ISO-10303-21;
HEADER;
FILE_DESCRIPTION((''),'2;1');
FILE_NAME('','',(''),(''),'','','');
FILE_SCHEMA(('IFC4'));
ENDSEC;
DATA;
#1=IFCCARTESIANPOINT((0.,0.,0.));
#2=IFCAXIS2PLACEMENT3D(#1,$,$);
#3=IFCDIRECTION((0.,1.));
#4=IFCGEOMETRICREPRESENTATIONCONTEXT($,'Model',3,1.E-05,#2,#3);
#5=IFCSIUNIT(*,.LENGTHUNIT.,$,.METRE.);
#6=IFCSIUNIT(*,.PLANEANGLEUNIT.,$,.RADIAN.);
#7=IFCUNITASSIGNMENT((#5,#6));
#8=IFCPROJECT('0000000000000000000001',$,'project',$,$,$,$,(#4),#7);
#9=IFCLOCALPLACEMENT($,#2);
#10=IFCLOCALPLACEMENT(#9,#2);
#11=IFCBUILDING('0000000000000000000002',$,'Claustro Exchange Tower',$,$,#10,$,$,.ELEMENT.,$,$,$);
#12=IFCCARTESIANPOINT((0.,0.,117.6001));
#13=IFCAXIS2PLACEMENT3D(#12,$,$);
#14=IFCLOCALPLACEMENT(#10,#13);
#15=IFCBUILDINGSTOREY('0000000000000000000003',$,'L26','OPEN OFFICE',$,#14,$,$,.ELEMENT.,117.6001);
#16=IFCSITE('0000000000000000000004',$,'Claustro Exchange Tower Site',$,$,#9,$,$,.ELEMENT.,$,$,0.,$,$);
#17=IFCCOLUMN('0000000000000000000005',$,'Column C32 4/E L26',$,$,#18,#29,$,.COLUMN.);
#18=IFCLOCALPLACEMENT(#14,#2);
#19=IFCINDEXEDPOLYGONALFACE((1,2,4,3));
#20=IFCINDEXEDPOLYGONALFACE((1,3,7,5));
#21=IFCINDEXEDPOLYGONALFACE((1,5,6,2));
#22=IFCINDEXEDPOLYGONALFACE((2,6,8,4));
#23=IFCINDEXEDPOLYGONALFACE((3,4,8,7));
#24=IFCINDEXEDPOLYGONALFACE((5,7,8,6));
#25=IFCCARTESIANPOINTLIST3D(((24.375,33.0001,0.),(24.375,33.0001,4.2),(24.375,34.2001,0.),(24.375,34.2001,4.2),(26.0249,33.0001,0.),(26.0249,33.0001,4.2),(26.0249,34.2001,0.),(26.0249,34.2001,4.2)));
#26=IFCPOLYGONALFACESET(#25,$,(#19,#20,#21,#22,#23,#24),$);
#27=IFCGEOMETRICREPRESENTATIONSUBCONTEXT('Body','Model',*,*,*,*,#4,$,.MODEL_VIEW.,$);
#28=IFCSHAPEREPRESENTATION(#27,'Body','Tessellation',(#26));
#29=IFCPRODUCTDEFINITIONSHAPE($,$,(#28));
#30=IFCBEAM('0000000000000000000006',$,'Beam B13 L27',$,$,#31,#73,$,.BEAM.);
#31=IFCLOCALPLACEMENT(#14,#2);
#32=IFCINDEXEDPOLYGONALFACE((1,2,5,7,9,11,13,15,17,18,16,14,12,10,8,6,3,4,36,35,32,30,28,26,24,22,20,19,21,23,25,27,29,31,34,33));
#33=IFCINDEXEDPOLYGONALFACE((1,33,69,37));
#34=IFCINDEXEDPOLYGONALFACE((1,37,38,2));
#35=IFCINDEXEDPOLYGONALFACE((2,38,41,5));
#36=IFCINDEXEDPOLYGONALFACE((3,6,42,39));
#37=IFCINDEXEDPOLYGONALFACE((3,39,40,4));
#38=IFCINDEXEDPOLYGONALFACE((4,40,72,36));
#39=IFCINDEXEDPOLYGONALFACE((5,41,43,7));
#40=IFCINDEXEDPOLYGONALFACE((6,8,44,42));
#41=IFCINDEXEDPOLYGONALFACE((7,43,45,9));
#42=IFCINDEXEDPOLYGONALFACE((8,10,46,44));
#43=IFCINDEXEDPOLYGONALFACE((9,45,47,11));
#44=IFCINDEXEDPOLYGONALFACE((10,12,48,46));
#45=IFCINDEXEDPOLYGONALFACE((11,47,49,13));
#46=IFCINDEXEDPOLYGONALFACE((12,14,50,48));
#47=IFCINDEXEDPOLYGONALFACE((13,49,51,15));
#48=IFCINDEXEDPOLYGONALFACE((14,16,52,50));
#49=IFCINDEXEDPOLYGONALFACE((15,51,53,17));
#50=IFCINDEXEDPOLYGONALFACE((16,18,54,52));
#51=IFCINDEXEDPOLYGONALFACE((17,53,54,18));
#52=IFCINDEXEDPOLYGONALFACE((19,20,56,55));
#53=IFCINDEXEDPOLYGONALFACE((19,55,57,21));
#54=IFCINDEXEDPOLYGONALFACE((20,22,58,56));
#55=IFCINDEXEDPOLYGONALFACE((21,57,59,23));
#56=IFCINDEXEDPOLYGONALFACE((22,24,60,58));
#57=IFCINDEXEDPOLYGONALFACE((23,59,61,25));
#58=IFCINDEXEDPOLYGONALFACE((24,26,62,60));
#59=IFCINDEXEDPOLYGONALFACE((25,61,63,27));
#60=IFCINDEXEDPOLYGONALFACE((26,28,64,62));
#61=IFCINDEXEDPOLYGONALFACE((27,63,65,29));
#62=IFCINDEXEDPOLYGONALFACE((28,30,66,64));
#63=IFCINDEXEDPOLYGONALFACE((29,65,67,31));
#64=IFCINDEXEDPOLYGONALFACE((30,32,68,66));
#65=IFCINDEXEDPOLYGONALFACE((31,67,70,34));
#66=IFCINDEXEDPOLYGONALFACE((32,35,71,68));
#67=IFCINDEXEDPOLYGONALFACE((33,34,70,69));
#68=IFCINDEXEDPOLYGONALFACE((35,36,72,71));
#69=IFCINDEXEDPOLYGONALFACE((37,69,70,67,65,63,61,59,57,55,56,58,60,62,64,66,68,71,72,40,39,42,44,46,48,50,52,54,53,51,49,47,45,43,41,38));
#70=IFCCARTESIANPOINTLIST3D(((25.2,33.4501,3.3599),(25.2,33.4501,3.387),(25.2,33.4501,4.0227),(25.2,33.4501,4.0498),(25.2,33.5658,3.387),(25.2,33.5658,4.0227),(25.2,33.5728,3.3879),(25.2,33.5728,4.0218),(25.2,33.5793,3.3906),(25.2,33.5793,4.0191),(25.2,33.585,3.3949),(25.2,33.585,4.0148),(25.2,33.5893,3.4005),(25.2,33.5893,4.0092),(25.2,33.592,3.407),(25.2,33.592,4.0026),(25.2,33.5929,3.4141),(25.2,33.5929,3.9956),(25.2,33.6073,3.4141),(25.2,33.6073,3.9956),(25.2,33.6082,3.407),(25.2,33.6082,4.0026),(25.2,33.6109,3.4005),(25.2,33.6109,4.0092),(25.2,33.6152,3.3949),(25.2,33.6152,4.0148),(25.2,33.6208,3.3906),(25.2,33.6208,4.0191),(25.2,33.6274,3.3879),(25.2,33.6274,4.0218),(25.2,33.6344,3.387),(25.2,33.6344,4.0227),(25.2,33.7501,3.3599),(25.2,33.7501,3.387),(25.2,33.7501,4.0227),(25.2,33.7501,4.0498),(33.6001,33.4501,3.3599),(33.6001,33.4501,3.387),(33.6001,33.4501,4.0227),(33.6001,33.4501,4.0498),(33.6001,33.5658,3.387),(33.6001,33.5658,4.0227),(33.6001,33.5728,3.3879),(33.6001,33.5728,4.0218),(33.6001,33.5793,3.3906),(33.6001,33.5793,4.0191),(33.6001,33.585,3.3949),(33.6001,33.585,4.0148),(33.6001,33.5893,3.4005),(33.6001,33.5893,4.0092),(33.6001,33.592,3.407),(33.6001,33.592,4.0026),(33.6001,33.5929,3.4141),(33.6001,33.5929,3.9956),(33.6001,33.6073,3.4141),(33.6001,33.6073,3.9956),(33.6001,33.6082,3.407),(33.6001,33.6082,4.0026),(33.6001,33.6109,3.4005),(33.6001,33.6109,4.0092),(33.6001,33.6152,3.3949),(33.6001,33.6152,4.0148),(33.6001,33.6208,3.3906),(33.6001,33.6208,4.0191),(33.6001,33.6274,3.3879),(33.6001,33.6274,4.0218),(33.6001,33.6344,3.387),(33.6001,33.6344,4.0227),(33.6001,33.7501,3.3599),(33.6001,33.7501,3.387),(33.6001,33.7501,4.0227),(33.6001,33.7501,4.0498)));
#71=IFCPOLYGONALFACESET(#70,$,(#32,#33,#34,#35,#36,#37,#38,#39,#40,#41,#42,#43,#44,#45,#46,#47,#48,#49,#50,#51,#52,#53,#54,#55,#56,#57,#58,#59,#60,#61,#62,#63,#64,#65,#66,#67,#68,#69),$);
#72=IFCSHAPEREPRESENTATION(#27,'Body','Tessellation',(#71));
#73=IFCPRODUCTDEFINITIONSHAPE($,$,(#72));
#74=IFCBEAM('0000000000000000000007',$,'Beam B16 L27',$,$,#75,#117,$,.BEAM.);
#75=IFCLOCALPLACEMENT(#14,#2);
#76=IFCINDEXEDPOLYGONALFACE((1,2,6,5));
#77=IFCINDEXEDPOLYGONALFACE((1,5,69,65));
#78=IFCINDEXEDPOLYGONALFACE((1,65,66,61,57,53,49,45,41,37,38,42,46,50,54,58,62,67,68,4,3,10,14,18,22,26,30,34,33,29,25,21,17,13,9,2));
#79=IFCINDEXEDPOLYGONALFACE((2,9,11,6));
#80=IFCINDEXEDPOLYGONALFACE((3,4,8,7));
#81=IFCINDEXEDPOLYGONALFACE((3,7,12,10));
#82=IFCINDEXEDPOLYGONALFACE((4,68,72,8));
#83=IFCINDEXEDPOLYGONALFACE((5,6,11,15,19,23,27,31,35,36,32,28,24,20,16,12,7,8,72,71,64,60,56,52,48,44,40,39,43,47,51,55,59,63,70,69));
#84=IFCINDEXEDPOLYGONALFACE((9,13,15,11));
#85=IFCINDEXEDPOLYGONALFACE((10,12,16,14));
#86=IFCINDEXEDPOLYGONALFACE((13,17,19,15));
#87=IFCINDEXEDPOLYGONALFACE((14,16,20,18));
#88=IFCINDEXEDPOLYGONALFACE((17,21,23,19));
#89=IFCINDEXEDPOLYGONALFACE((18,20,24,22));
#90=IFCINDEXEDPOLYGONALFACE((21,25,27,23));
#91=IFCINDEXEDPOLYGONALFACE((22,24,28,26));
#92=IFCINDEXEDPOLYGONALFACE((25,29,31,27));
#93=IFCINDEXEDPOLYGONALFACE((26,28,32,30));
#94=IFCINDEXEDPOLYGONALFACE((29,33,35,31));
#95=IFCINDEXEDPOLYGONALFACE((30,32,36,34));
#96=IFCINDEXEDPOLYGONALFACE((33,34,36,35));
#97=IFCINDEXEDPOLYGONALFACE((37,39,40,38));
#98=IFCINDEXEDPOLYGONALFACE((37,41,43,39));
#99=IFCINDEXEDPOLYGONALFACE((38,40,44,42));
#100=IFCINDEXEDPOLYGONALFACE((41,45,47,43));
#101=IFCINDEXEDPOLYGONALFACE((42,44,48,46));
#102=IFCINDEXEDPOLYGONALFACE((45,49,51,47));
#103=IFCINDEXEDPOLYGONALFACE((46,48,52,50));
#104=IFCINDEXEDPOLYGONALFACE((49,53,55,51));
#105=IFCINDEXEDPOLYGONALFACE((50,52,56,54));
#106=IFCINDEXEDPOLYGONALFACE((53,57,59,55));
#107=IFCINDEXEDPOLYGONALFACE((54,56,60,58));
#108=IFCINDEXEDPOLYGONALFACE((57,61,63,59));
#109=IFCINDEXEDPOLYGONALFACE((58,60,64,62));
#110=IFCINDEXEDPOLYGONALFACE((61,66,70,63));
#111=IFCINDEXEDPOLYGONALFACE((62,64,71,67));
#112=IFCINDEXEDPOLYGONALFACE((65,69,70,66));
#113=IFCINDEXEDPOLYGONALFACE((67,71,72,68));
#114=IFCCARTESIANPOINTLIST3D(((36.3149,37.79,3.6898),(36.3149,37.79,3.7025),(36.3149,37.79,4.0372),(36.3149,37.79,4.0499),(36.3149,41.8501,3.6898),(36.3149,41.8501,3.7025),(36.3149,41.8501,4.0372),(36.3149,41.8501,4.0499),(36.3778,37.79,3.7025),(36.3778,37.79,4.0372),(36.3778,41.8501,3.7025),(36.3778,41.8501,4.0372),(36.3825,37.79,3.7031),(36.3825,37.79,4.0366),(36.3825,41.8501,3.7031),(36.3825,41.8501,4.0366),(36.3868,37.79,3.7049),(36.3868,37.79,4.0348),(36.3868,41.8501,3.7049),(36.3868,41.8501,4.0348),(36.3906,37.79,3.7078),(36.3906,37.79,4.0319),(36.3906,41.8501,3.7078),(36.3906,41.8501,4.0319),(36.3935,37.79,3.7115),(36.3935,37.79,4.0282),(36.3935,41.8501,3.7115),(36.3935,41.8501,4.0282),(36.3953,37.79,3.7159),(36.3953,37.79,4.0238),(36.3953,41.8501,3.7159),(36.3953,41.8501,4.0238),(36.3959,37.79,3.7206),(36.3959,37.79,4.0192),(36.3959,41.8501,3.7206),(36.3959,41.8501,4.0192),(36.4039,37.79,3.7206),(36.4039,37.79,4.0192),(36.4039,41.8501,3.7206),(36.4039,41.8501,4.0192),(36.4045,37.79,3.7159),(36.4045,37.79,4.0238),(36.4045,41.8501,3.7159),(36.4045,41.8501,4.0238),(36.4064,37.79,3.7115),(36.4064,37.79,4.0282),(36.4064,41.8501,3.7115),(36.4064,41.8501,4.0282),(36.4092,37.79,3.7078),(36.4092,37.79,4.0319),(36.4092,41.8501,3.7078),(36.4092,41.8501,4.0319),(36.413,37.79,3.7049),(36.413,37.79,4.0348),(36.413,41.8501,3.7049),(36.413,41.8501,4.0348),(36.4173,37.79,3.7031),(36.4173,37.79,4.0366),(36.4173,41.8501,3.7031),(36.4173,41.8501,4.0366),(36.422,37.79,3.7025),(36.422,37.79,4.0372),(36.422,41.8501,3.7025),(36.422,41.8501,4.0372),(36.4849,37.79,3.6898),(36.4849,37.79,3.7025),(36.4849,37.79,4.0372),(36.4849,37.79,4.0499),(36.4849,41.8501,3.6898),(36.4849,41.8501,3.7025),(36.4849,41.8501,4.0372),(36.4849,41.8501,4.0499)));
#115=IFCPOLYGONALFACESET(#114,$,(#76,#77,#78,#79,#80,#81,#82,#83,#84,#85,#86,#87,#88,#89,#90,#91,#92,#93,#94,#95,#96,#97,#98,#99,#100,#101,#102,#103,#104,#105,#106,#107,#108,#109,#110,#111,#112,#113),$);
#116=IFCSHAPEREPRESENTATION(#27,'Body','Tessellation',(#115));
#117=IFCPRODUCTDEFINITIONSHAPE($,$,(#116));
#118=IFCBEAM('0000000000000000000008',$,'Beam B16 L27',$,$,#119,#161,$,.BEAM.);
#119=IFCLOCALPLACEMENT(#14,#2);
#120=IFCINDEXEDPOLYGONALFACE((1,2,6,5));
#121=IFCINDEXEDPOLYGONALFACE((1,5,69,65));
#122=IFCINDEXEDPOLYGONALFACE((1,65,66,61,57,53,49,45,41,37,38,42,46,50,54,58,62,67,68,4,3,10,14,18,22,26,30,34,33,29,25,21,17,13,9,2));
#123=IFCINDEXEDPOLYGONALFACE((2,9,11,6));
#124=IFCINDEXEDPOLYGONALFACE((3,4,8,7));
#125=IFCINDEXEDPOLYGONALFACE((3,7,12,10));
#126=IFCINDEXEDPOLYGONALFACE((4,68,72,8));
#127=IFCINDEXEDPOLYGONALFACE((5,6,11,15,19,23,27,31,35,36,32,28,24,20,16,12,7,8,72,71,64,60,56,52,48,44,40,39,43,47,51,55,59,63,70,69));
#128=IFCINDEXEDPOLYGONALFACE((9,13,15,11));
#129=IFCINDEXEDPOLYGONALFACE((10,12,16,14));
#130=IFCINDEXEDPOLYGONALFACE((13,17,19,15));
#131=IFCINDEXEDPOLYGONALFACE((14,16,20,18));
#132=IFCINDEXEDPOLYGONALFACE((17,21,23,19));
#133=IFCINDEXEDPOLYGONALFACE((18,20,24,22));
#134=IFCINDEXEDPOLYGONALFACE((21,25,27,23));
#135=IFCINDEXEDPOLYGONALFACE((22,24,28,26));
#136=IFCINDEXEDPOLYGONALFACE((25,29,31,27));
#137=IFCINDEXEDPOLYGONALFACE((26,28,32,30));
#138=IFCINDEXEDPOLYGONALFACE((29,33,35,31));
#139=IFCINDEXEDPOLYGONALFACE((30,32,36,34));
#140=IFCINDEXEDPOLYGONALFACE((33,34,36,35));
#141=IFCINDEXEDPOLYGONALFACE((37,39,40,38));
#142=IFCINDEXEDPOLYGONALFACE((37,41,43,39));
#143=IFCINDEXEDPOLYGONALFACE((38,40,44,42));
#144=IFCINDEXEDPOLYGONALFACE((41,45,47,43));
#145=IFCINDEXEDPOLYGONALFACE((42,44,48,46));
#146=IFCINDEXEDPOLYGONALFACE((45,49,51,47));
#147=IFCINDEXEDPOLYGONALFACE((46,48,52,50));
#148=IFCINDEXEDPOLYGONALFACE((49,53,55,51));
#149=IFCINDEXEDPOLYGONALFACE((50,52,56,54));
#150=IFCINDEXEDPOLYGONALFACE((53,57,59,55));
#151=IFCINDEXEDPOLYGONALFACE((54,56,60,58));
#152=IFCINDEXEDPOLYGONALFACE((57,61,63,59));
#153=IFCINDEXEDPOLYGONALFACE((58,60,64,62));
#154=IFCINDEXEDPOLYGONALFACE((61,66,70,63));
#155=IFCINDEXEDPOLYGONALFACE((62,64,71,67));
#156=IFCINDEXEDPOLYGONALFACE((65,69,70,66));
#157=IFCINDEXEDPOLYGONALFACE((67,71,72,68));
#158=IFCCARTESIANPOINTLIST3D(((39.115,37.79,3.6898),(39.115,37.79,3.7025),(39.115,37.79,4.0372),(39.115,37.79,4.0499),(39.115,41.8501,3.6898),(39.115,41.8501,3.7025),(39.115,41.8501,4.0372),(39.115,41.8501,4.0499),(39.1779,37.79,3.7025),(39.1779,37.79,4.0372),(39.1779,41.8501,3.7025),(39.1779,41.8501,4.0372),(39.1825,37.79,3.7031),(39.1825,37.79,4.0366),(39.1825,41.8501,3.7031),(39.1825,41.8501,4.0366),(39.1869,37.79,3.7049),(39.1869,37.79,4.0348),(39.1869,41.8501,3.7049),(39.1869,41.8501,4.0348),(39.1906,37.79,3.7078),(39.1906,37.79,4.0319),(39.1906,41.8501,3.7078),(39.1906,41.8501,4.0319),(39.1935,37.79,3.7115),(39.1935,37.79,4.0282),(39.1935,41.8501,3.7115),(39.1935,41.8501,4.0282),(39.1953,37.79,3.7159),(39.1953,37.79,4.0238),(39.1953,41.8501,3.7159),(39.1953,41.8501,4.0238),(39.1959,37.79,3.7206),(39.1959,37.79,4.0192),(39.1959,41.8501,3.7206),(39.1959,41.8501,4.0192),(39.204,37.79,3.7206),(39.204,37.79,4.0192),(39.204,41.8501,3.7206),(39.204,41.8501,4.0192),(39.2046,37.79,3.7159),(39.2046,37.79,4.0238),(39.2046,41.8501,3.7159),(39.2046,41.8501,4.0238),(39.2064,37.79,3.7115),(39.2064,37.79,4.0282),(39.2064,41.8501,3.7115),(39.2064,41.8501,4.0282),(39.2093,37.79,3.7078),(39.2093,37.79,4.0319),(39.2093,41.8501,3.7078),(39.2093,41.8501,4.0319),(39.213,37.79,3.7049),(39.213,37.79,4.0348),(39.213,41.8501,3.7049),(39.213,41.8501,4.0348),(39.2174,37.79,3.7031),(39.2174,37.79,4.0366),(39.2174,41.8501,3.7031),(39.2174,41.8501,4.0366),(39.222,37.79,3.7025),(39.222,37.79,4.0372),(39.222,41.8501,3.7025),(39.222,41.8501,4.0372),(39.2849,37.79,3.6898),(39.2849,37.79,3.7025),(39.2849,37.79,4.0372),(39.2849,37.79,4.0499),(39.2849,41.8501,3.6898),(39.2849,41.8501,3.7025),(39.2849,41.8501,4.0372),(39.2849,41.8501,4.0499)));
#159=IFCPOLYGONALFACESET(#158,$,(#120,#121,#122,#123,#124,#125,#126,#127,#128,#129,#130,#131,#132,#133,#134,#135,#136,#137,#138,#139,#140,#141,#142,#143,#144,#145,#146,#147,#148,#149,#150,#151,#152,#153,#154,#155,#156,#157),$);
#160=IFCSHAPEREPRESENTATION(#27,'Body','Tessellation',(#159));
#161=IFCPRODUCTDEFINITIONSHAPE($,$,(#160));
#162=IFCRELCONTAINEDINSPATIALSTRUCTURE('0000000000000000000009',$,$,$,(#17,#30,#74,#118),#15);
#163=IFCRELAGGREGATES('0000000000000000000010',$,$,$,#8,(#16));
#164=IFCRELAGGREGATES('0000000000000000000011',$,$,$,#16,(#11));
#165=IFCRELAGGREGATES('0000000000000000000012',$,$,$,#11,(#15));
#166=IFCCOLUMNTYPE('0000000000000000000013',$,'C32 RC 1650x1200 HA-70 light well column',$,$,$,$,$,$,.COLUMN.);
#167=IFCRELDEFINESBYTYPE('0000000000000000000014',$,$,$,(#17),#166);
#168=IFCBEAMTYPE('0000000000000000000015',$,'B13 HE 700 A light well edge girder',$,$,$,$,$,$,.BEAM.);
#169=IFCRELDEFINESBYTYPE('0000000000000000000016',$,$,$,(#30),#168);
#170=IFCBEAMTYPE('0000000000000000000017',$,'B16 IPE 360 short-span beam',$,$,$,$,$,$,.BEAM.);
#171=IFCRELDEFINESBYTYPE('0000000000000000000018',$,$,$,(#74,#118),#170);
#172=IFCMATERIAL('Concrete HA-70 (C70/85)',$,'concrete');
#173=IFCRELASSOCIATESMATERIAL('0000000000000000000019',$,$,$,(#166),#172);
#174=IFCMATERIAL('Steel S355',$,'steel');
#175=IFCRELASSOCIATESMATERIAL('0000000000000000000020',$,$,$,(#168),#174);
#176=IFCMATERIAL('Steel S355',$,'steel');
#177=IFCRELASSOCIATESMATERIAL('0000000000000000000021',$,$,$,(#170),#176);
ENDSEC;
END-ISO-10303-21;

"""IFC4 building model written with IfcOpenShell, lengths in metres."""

from ifc_helpers import new_model, si_unit, direction, frame, origin, origin_2d, place, context, subcontext, project, spatial, rectangle, i_section, extrude, material, material_profile, profile_set, type_object, element, save


model = new_model("IFC4")

# Units and contexts
model_context = context("Model", 3, precision=1e-05, world=origin(), true_north=direction((0.0, 1.0)))
body_context = subcontext(model_context, "Body", "Model", "MODEL_VIEW")
ifc_project = project(units=[si_unit("LENGTHUNIT", "METRE"), si_unit("PLANEANGLEUNIT", "RADIAN")], contexts=[model_context])

# Site, building, storey
site_placement = place(None, origin())
site = spatial("IfcSite", under=ifc_project, at=site_placement, Name="Claustro Exchange Tower Site", CompositionType="ELEMENT", RefElevation=0.0)
building_placement = place(site_placement, origin())
building = spatial("IfcBuilding", under=site, at=building_placement, Name="Claustro Exchange Tower", CompositionType="ELEMENT")
storey_placement = place(building_placement, frame((0.0, 0.0, 117.6001)))
storey = spatial("IfcBuildingStorey", under=building, at=storey_placement, Name="L26", Description="OPEN OFFICE", CompositionType="ELEMENT", Elevation=117.6001)

# Column
ifc_material_1 = material(Name="Concrete HA-70 (C70/85)", Category="concrete")
ifc_material_profile_1 = material_profile(ifc_material_1, rectangle(XDim=1.6499, YDim=1.2, at=origin_2d()), Name="RC 1650x1200")
ifc_profile_set_1 = profile_set([ifc_material_profile_1], Name="Concrete HA-70 (C70/85)")
column_type = type_object("IfcColumnType", Name="C32 RC 1650x1200 HA-70 light well column", PredefinedType="COLUMN", material=ifc_profile_set_1)
column_placement = place(storey_placement, frame((25.2, 33.6001, 0.0), z_axis=(0.0, 0.0, 1.0), x_axis=(1.0, 0.0, 0.0)))
element("IfcColumn", 1, at=column_placement, inside=storey, type_object=column_type, Name="Column C32 4/E L26", PredefinedType="COLUMN", context=body_context, shape_type="SweptSolid", body=[
    extrude(rectangle(XDim=1.6499, YDim=1.2, at=origin_2d()), origin(), (0.0, 0.0, 1.0), 4.2),
])

# Beams
ifc_material_2 = material(Name="Steel S355", Category="steel")
ifc_material_profile_2 = material_profile(ifc_material_2, i_section(OverallWidth=0.3, OverallDepth=0.6899, WebThickness=0.0144, FlangeThickness=0.0271, FilletRadius=0.0271, at=origin_2d()), Name="HE 700 A")
ifc_profile_set_2 = profile_set([ifc_material_profile_2], Name="Steel S355")
beam_type_1 = type_object("IfcBeamType", Name="B13 HE 700 A light well edge girder", PredefinedType="BEAM", material=ifc_profile_set_2)
beam_1_placement = place(storey_placement, frame((25.2, 33.6001, 3.7048), z_axis=(1.0, 0.0, 0.0), x_axis=(0.0, 1.0, 0.0)))
element("IfcBeam", 2, at=beam_1_placement, inside=storey, type_object=beam_type_1, Name="Beam B13 L27", PredefinedType="BEAM", context=body_context, shape_type="SweptSolid", body=[
    extrude(i_section(OverallWidth=0.3, OverallDepth=0.6899, WebThickness=0.0144, FlangeThickness=0.0271, FilletRadius=0.0271, at=origin_2d()), origin(), (0.0, 0.0, 1.0), 8.4001),
])
ifc_material_3 = material(Name="Steel S355", Category="steel")
ifc_material_profile_3 = material_profile(ifc_material_3, i_section(OverallWidth=0.1699, OverallDepth=0.3601, WebThickness=0.0081, FlangeThickness=0.0127, FilletRadius=0.0181, at=origin_2d()), Name="IPE 360")
ifc_profile_set_3 = profile_set([ifc_material_profile_3], Name="Steel S355")
beam_type_2 = type_object("IfcBeamType", Name="B16 IPE 360 short-span beam", PredefinedType="BEAM", material=ifc_profile_set_3)
for number, where, z_axis, x_axis, name in (
    (3, (36.3999, 37.79, 3.8699), (0.0, 1.0, 0.0), (-1.0, 0.0, 0.0), "Beam B16 L27"),
    (4, (39.2, 37.79, 3.8699), (0.0, 1.0, 0.0), (-1.0, 0.0, 0.0), "Beam B16 L27"),
):
    element("IfcBeam", number, at=place(storey_placement, frame(where, z_axis=z_axis, x_axis=x_axis)), inside=storey, type_object=beam_type_2, Name=name, PredefinedType="BEAM", context=body_context, shape_type="SweptSolid", body=[
        extrude(i_section(OverallWidth=0.1699, OverallDepth=0.3601, WebThickness=0.0081, FlangeThickness=0.0127, FilletRadius=0.0181, at=origin_2d()), origin(), (0.0, 0.0, 1.0), 4.0601),
    ])

save(model, "model.ifc")
